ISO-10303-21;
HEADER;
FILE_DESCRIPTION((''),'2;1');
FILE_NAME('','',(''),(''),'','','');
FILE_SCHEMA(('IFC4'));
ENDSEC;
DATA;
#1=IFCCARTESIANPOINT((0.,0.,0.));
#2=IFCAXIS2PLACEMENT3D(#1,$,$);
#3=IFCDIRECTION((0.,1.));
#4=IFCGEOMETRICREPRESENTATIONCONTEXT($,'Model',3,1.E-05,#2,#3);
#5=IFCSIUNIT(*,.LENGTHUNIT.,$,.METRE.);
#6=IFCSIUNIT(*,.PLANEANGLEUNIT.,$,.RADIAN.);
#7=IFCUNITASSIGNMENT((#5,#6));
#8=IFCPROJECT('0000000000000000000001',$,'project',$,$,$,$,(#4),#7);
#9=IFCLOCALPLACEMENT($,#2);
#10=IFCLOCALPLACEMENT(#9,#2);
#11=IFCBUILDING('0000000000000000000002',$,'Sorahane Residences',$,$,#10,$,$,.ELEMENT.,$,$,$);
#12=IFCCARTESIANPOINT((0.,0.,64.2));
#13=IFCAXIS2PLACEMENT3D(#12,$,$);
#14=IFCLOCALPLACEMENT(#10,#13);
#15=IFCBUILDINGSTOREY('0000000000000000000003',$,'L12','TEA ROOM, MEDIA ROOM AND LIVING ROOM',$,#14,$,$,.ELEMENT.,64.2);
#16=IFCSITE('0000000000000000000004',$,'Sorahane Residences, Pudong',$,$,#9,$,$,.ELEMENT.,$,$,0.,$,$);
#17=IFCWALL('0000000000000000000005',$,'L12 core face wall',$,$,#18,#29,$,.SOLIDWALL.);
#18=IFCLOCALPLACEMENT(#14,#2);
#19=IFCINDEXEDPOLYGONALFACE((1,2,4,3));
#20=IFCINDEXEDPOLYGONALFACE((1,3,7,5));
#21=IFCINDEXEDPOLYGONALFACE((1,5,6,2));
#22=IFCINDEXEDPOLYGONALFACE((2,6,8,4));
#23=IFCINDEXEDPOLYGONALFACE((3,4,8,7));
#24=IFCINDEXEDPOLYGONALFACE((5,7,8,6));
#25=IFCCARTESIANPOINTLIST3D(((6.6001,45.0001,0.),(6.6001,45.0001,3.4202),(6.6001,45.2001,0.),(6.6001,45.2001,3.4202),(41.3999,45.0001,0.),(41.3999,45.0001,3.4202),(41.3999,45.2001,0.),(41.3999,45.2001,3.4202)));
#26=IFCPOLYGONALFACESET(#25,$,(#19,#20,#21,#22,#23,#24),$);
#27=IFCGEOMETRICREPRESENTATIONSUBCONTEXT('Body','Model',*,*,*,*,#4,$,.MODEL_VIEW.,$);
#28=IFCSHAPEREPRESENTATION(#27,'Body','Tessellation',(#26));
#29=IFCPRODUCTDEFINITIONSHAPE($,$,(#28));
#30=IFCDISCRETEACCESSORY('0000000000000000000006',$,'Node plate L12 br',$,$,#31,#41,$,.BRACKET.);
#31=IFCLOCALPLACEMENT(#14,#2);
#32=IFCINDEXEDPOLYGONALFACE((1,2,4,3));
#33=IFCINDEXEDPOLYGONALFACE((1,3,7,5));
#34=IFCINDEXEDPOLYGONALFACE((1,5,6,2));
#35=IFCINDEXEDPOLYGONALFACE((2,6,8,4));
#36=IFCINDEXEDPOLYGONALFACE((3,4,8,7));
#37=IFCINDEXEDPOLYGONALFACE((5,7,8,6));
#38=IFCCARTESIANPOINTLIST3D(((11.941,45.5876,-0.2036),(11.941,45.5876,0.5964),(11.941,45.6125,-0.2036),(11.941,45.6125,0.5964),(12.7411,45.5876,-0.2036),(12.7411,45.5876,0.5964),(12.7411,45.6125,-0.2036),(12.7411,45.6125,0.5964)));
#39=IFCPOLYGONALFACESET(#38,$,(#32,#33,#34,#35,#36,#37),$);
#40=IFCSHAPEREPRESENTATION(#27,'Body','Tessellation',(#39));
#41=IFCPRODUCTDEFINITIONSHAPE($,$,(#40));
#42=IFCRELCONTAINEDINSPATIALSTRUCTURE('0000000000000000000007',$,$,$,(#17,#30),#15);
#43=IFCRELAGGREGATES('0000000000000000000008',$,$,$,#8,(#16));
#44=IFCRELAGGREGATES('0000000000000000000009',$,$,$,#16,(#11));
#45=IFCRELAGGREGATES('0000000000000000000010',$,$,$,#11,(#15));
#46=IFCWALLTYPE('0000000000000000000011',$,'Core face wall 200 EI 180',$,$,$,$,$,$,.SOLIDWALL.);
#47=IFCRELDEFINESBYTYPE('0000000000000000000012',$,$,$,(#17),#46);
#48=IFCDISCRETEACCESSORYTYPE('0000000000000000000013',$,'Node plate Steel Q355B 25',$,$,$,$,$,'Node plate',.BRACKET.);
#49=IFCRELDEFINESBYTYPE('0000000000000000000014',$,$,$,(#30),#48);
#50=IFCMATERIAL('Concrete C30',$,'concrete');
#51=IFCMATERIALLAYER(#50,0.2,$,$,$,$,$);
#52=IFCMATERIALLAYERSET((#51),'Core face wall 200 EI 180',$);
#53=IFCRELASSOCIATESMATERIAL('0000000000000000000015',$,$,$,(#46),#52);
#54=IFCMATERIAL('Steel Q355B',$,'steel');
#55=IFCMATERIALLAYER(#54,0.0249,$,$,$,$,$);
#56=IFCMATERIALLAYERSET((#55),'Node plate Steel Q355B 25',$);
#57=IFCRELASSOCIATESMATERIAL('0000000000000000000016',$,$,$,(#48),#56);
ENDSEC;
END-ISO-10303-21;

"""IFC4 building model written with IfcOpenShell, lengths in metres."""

from ifc_helpers import new_model, si_unit, direction, frame, frame_2d, origin, origin_2d, place, context, subcontext, project, spatial, rectangle, extrude, material, layer, layer_set, type_object, element, save


model = new_model("IFC4")

# Units and contexts
model_context = context("Model", 3, precision=1e-05, world=origin(), true_north=direction((0.0, 1.0)))
body_context = subcontext(model_context, "Body", "Model", "MODEL_VIEW")
ifc_project = project(units=[si_unit("LENGTHUNIT", "METRE"), si_unit("PLANEANGLEUNIT", "RADIAN")], contexts=[model_context])

# Site, building, storey
site_placement = place(None, origin())
site = spatial("IfcSite", under=ifc_project, at=site_placement, Name="Sorahane Residences, Pudong", CompositionType="ELEMENT", RefElevation=0.0)
building_placement = place(site_placement, origin())
building = spatial("IfcBuilding", under=site, at=building_placement, Name="Sorahane Residences", CompositionType="ELEMENT")
storey_placement = place(building_placement, frame((0.0, 0.0, 64.2)))
storey = spatial("IfcBuildingStorey", under=building, at=storey_placement, Name="L12", Description="TEA ROOM, MEDIA ROOM AND LIVING ROOM", CompositionType="ELEMENT", Elevation=64.2)

# Wall
ifc_material_1 = material(Name="Concrete C30", Category="concrete")
ifc_layer_1 = layer(ifc_material_1, 0.2)
ifc_layer_set_1 = layer_set([ifc_layer_1], Name="Core face wall 200 EI 180")
wall_type = type_object("IfcWallType", Name="Core face wall 200 EI 180", PredefinedType="SOLIDWALL", material=ifc_layer_set_1)
wall_placement = place(storey_placement, frame((6.6001, 45.1001, 0.0), z_axis=(0.0, 0.0, 1.0), x_axis=(1.0, 0.0, 0.0)))
element("IfcWall", 1, at=wall_placement, inside=storey, type_object=wall_type, Name="L12 core face wall", PredefinedType="SOLIDWALL", context=body_context, shape_type="SweptSolid", body=[
    extrude(rectangle(XDim=34.7998, YDim=0.2, at=frame_2d((17.3999, 0.0))), origin(), (0.0, 0.0, 1.0), 3.4202),
])

# Discrete accessory
ifc_material_2 = material(Name="Steel Q355B", Category="steel")
ifc_layer_2 = layer(ifc_material_2, 0.0249)
ifc_layer_set_2 = layer_set([ifc_layer_2], Name="Node plate Steel Q355B 25")
discrete_accessory_type = type_object("IfcDiscreteAccessoryType", Name="Node plate Steel Q355B 25", ElementType="Node plate", PredefinedType="BRACKET", material=ifc_layer_set_2)
discrete_accessory_placement = place(storey_placement, frame((12.3411, 45.6001, -0.2036), z_axis=(0.0, 0.0, 1.0), x_axis=(1.0, 0.0, 0.0)))
element("IfcDiscreteAccessory", 2, at=discrete_accessory_placement, inside=storey, type_object=discrete_accessory_type, Name="Node plate L12 br", PredefinedType="BRACKET", context=body_context, shape_type="SweptSolid", body=[
    extrude(rectangle(XDim=0.8, YDim=0.0249, at=origin_2d()), origin(), (0.0, 0.0, 1.0), 0.8),
])

save(model, "model.ifc")
